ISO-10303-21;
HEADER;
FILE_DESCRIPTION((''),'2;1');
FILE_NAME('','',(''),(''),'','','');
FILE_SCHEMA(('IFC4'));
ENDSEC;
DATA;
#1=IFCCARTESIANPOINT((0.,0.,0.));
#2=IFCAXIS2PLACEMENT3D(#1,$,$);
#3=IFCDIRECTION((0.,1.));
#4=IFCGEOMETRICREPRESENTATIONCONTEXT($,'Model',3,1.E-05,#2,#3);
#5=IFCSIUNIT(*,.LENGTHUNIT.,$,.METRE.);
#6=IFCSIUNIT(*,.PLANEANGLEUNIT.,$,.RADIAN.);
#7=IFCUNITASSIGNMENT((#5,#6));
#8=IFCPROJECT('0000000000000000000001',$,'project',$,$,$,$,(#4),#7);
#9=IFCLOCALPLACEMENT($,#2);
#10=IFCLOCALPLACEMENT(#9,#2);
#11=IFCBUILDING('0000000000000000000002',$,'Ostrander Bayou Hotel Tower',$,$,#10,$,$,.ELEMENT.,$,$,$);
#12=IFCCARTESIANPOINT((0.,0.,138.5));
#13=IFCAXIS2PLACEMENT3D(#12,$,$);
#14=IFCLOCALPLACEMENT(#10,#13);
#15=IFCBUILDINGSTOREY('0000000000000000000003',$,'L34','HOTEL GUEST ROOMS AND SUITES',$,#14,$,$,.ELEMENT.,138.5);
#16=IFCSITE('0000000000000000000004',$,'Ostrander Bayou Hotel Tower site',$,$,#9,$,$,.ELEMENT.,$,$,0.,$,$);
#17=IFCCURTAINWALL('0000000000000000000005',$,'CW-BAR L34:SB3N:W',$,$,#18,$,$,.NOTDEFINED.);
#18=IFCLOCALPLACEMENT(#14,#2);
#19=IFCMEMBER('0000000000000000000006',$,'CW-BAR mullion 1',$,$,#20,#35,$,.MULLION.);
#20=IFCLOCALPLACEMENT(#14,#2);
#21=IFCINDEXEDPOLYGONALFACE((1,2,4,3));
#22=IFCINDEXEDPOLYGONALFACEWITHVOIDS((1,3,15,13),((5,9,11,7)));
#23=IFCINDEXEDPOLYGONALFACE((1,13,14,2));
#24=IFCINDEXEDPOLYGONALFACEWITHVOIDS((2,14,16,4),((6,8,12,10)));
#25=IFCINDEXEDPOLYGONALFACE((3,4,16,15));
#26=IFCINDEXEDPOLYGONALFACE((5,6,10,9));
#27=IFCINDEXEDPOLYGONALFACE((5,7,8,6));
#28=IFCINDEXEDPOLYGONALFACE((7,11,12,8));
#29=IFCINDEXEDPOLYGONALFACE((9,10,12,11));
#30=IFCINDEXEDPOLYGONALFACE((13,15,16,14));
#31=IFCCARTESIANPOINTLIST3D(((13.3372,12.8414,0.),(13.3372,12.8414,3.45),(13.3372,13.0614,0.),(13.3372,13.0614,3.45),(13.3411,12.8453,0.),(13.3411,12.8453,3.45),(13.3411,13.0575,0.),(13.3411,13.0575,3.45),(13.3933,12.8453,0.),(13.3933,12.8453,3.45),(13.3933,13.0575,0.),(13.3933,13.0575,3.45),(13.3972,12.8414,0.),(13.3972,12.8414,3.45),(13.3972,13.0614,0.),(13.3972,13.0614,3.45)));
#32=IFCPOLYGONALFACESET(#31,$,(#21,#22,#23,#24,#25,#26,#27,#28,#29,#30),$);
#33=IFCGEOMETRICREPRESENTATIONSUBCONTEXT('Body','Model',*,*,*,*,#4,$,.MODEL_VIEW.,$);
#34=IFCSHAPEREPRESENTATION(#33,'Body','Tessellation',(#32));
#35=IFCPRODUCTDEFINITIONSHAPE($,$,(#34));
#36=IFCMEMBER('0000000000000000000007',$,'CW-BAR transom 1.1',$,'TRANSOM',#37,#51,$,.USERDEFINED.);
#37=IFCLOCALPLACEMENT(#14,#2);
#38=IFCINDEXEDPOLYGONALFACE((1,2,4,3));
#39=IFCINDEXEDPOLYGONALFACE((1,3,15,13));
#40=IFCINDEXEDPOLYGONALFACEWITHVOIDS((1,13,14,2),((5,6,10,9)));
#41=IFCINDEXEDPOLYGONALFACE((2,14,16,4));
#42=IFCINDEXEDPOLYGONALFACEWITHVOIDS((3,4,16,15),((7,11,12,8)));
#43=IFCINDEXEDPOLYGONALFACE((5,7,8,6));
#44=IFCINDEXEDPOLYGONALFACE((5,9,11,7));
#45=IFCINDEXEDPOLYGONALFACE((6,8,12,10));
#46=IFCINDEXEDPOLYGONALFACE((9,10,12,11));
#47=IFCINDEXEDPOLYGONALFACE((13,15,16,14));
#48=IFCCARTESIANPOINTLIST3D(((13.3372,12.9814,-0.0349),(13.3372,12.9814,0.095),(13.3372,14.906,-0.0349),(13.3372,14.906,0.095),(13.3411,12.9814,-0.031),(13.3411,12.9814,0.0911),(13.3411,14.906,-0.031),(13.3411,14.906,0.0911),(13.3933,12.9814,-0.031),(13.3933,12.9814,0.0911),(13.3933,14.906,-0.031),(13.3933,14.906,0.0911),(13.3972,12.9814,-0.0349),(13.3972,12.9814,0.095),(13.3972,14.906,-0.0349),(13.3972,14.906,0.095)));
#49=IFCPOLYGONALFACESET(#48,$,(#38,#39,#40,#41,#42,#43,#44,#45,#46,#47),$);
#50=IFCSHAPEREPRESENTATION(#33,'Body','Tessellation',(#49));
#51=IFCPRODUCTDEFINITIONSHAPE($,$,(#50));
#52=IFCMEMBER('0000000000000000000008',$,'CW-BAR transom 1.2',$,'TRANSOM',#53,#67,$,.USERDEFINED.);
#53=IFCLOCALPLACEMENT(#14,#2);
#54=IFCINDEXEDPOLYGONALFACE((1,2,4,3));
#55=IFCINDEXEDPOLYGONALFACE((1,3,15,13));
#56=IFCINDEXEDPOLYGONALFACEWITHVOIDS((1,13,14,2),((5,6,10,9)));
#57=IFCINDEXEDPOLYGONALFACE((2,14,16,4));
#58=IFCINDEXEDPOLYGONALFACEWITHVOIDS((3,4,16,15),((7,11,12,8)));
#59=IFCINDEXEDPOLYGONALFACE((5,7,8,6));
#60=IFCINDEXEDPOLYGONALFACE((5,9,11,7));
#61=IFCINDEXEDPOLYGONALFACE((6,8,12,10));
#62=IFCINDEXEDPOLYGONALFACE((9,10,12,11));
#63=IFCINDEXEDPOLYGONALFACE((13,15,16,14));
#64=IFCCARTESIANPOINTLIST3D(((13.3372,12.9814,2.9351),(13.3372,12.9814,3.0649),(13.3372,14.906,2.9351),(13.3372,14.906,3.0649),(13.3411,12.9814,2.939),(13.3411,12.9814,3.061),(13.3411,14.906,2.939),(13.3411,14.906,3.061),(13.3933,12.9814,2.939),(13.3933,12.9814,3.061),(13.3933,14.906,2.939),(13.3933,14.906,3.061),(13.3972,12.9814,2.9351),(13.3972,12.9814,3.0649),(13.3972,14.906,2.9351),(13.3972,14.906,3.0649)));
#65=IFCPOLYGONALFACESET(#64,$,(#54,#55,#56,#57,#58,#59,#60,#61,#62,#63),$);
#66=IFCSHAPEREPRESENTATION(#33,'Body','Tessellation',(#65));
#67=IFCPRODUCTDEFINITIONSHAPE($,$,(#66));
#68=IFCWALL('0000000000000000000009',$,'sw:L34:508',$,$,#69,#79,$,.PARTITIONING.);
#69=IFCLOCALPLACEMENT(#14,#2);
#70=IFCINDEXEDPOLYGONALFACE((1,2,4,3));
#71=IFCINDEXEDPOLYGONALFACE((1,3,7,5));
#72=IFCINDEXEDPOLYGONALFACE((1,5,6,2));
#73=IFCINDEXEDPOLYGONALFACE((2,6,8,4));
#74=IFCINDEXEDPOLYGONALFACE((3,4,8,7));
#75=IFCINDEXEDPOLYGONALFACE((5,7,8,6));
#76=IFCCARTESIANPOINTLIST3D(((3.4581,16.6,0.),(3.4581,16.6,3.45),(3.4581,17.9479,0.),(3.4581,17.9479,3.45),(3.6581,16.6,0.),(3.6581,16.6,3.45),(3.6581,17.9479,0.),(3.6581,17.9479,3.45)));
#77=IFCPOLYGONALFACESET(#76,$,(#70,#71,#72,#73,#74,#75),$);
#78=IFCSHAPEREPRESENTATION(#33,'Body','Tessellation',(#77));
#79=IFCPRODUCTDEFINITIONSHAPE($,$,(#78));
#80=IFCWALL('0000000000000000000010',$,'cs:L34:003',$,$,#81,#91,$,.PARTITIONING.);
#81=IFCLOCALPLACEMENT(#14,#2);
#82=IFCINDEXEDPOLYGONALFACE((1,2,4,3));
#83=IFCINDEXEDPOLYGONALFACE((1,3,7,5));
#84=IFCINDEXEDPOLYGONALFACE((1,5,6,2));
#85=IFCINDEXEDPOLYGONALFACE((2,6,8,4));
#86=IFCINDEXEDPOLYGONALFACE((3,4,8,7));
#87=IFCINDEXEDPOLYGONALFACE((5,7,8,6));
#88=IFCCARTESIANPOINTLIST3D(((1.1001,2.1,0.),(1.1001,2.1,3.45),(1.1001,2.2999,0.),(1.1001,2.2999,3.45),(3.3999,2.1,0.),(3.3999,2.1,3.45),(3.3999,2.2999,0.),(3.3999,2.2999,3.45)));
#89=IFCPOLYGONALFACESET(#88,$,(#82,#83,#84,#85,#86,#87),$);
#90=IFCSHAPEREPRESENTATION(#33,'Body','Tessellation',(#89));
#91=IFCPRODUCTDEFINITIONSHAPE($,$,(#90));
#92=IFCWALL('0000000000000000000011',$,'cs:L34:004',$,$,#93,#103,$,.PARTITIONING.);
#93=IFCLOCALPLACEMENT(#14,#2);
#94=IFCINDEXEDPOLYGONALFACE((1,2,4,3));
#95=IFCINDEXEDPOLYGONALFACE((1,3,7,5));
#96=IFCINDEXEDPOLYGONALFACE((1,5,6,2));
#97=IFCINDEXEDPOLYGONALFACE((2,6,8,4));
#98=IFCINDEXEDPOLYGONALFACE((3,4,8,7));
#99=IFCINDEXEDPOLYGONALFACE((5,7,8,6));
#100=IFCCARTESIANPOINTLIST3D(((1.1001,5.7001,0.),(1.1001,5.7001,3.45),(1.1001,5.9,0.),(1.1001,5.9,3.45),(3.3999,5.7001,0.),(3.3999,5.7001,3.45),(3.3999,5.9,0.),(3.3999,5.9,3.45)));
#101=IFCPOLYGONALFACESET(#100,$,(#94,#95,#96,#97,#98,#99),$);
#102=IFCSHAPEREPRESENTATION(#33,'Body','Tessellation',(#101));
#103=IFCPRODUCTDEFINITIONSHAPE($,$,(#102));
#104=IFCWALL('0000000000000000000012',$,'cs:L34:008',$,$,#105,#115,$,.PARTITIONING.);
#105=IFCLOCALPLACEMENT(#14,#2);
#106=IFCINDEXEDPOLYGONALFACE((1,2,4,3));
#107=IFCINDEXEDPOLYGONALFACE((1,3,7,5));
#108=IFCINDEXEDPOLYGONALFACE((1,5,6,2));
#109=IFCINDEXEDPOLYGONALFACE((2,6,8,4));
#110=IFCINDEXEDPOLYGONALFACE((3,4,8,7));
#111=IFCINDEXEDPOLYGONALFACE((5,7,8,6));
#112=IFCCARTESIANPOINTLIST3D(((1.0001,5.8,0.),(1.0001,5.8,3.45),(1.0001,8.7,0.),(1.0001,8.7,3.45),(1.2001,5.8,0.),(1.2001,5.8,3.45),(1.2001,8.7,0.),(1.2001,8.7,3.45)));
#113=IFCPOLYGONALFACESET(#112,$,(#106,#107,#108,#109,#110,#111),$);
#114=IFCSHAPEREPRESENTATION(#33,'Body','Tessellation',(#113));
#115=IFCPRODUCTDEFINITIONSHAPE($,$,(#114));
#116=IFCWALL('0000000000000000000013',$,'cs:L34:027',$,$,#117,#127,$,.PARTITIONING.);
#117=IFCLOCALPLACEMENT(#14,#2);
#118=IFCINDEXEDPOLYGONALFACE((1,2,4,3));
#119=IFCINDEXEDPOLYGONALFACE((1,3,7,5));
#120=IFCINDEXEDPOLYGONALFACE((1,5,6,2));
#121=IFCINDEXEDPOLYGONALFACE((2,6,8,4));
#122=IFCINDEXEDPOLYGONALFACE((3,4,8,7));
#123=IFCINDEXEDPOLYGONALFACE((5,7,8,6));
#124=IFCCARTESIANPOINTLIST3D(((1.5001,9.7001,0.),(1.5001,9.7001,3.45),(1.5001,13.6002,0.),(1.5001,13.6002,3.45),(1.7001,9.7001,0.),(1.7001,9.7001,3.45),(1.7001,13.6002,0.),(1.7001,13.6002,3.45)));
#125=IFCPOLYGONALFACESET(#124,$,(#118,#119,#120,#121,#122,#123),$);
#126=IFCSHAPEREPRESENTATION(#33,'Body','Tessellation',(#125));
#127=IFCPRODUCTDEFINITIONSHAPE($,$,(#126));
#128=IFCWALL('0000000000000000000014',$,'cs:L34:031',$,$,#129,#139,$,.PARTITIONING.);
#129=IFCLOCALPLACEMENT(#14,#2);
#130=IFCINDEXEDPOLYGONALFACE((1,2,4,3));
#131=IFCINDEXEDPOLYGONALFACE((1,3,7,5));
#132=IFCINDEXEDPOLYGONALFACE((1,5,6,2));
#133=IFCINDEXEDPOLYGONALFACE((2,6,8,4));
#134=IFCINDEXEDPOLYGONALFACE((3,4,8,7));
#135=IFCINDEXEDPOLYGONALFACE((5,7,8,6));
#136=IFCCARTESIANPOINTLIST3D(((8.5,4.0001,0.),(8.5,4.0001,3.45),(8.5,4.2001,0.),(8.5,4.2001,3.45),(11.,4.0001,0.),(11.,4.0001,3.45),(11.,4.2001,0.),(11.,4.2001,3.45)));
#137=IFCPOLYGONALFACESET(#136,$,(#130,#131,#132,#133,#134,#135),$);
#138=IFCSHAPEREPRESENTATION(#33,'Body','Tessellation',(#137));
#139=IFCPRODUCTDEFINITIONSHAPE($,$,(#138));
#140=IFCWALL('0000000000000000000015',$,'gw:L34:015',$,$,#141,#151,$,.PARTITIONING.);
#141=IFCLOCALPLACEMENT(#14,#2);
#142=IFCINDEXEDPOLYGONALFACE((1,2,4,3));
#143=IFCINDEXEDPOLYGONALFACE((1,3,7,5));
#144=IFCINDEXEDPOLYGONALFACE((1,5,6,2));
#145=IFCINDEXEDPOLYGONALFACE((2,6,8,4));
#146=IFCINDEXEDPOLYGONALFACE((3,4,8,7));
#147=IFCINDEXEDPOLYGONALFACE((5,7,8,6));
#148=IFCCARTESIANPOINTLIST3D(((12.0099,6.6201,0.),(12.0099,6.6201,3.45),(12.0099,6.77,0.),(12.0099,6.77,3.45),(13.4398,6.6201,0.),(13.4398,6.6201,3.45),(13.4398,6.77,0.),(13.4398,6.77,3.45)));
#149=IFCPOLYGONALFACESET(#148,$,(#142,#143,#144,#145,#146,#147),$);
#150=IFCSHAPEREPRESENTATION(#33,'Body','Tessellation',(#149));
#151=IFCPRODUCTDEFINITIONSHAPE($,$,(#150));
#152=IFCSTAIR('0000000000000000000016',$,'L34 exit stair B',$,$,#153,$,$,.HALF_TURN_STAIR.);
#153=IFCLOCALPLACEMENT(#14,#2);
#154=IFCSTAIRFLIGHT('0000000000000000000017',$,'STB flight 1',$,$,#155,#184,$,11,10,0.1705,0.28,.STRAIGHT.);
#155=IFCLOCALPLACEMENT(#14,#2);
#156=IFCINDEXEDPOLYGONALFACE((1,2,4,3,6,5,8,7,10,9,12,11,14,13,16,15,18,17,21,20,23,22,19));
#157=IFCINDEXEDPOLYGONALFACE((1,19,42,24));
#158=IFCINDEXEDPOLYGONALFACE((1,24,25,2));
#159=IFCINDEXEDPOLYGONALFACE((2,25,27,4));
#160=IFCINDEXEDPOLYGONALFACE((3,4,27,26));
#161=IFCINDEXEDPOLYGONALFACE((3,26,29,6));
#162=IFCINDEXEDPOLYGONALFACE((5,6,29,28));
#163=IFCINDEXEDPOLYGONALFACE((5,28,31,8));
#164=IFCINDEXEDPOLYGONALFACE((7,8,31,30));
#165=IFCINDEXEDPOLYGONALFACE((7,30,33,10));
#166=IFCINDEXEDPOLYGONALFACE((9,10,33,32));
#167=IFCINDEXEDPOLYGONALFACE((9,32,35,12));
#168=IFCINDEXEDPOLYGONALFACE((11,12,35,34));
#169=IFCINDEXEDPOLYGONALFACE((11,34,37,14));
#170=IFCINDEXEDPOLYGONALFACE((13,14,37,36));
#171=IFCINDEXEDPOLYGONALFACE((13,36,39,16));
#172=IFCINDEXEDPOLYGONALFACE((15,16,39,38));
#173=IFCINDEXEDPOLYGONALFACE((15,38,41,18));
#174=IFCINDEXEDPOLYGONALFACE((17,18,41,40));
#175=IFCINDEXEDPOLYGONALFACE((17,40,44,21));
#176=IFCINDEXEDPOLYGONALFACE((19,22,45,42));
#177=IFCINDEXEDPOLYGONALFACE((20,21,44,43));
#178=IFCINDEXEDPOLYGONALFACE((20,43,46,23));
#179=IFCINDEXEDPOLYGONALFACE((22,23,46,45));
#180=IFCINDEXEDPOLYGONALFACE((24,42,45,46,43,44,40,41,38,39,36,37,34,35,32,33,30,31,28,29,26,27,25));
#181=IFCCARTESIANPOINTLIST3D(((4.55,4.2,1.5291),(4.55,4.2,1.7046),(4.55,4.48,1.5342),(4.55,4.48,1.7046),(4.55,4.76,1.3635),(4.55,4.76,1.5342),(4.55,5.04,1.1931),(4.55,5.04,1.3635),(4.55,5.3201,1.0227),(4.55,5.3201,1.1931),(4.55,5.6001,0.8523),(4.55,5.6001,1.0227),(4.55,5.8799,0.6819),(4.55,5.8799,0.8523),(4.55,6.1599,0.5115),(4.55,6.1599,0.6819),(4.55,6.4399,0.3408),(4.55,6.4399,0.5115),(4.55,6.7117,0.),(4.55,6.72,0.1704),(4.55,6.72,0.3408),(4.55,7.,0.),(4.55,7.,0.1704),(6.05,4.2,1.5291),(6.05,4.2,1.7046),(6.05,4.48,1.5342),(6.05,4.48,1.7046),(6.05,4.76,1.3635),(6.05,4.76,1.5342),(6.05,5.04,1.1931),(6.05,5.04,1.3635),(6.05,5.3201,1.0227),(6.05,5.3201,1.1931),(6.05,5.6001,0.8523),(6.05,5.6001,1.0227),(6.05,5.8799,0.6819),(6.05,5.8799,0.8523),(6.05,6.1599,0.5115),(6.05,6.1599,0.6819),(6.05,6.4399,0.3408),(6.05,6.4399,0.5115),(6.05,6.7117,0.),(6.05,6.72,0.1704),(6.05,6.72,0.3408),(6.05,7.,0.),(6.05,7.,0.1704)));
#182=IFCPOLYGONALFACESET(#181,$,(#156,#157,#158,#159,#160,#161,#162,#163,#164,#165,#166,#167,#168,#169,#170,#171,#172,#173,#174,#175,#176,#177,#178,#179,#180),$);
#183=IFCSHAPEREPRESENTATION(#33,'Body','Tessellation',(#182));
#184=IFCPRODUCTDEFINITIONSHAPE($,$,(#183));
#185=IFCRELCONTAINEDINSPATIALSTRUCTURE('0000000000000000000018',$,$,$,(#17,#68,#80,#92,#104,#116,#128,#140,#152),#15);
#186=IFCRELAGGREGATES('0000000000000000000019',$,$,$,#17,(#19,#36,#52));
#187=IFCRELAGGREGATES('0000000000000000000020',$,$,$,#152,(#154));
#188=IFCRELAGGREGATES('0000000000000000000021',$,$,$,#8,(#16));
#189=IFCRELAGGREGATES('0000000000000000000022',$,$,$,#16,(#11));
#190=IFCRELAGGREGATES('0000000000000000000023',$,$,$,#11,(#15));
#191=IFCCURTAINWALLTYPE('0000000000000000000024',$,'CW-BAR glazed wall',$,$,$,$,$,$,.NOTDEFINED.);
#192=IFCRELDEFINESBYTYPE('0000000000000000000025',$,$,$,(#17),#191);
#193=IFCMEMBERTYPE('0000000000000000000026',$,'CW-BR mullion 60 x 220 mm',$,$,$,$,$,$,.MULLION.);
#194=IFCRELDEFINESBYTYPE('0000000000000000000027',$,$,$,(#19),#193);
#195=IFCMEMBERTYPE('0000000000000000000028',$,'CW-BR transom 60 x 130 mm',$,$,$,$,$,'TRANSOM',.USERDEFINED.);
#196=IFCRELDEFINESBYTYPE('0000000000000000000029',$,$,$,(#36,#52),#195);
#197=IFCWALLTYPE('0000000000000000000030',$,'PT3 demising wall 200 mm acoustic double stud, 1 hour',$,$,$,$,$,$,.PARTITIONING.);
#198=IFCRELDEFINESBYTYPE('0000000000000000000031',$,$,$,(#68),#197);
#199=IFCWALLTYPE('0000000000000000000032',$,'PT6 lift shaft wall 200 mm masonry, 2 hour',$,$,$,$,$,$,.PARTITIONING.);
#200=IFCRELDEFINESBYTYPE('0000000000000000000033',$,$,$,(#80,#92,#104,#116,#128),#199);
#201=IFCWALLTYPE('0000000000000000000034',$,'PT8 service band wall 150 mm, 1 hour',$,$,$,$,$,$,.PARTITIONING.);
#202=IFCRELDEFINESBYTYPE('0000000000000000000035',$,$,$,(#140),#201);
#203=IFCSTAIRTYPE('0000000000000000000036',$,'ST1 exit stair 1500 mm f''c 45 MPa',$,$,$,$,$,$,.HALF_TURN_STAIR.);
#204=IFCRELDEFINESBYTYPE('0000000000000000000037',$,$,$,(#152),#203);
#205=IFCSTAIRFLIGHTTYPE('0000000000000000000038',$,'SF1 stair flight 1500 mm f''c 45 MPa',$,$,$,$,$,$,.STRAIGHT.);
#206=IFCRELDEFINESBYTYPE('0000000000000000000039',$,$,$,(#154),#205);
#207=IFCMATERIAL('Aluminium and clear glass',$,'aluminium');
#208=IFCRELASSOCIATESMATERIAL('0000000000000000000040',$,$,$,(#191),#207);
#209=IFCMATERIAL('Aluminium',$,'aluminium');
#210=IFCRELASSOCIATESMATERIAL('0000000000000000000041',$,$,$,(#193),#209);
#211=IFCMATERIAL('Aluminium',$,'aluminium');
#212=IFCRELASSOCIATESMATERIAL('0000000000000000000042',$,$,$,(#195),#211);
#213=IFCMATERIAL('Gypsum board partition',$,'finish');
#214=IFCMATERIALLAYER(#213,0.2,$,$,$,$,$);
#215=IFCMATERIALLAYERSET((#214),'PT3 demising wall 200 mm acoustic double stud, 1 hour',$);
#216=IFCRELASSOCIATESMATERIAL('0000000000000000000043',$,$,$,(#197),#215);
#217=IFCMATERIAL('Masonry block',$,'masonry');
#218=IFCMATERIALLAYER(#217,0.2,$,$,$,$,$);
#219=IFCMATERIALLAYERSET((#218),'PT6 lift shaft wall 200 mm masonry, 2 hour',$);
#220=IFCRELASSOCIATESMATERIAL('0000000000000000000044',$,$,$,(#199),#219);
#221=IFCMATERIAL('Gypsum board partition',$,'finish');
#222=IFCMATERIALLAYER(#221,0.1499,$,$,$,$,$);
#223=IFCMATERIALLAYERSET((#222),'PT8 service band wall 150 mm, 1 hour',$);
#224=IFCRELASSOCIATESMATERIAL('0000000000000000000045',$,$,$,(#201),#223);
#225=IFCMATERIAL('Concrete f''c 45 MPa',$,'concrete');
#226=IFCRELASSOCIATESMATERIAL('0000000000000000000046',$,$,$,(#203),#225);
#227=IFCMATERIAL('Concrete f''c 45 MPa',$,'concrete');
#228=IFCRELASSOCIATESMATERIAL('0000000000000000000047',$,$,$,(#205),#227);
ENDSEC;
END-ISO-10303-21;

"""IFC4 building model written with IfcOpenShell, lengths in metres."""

from ifc_helpers import new_model, si_unit, direction, frame, frame_2d, origin, origin_2d, place, context, subcontext, project, spatial, polyline, rectangle, hollow_rectangle, outline, extrude, material, layer, layer_set, material_profile, profile_set, type_object, element, aggregate, save


model = new_model("IFC4")

# Units and contexts
model_context = context("Model", 3, precision=1e-05, world=origin(), true_north=direction((0.0, 1.0)))
body_context = subcontext(model_context, "Body", "Model", "MODEL_VIEW")
ifc_project = project(units=[si_unit("LENGTHUNIT", "METRE"), si_unit("PLANEANGLEUNIT", "RADIAN")], contexts=[model_context])

# Site, building, storey
site_placement = place(None, origin())
site = spatial("IfcSite", under=ifc_project, at=site_placement, Name="Ostrander Bayou Hotel Tower site", CompositionType="ELEMENT", RefElevation=0.0)
building_placement = place(site_placement, origin())
building = spatial("IfcBuilding", under=site, at=building_placement, Name="Ostrander Bayou Hotel Tower", CompositionType="ELEMENT")
storey_placement = place(building_placement, frame((0.0, 0.0, 138.5)))
storey = spatial("IfcBuildingStorey", under=building, at=storey_placement, Name="L34", Description="HOTEL GUEST ROOMS AND SUITES", CompositionType="ELEMENT", Elevation=138.5)

# Curtain wall, members
ifc_material_1 = material(Name="Aluminium and clear glass", Category="aluminium")
curtain_wall_type = type_object("IfcCurtainWallType", Name="CW-BAR glazed wall", PredefinedType="NOTDEFINED", material=ifc_material_1)
curtain_wall_placement = place(storey_placement, origin())
curtain_wall = element("IfcCurtainWall", 1, at=curtain_wall_placement, inside=storey, type_object=curtain_wall_type, Name="CW-BAR L34:SB3N:W", PredefinedType="NOTDEFINED")
ifc_material_2 = material(Name="Aluminium", Category="aluminium")
ifc_material_profile_1 = material_profile(ifc_material_2, hollow_rectangle(XDim=0.0601, YDim=0.22, WallThickness=0.0039, at=origin_2d()))
ifc_profile_set_1 = profile_set([ifc_material_profile_1], Name="Aluminium")
member_type_1 = type_object("IfcMemberType", Name="CW-BR mullion 60 x 220 mm", PredefinedType="MULLION", material=ifc_profile_set_1)
member_1_placement = place(storey_placement, frame((13.3672, 12.9514, 0.0), z_axis=(0.0, 0.0, 1.0), x_axis=(-1.0, 0.0, 0.0)))
member_1 = element("IfcMember", 2, at=member_1_placement, type_object=member_type_1, Name="CW-BAR mullion 1", PredefinedType="MULLION", context=body_context, shape_type="SweptSolid", body=[
    extrude(hollow_rectangle(XDim=0.0601, YDim=0.22, WallThickness=0.0039, at=origin_2d()), origin(), (0.0, 0.0, 1.0), 3.45),
])
ifc_material_3 = material(Name="Aluminium", Category="aluminium")
ifc_material_profile_2 = material_profile(ifc_material_3, hollow_rectangle(XDim=0.0601, YDim=0.1299, WallThickness=0.0039, at=origin_2d()))
ifc_profile_set_2 = profile_set([ifc_material_profile_2], Name="Aluminium")
member_type_2 = type_object("IfcMemberType", Name="CW-BR transom 60 x 130 mm", ElementType="TRANSOM", PredefinedType="USERDEFINED", material=ifc_profile_set_2)
member_2_placement = place(storey_placement, frame((13.3672, 12.9814, 0.03), z_axis=(0.0, 1.0, 0.0), x_axis=(-1.0, 0.0, 0.0)))
member_2 = element("IfcMember", 3, at=member_2_placement, type_object=member_type_2, Name="CW-BAR transom 1.1", ObjectType="TRANSOM", PredefinedType="USERDEFINED", context=body_context, shape_type="SweptSolid", body=[
    extrude(hollow_rectangle(XDim=0.0601, YDim=0.1299, WallThickness=0.0039, at=origin_2d()), origin(), (0.0, 0.0, 1.0), 1.9246),
])
member_3_placement = place(storey_placement, frame((13.3672, 12.9814, 3.0), z_axis=(0.0, 1.0, 0.0), x_axis=(-1.0, 0.0, 0.0)))
member_3 = element("IfcMember", 4, at=member_3_placement, type_object=member_type_2, Name="CW-BAR transom 1.2", ObjectType="TRANSOM", PredefinedType="USERDEFINED", context=body_context, shape_type="SweptSolid", body=[
    extrude(hollow_rectangle(XDim=0.0601, YDim=0.1299, WallThickness=0.0039, at=origin_2d()), origin(), (0.0, 0.0, 1.0), 1.9246),
])
aggregate(curtain_wall, [member_1, member_2, member_3])

# Wall
ifc_material_4 = material(Name="Gypsum board partition", Category="finish")
ifc_layer_1 = layer(ifc_material_4, 0.2)
ifc_layer_set_1 = layer_set([ifc_layer_1], Name="PT3 demising wall 200 mm acoustic double stud, 1 hour")
wall_type_1 = type_object("IfcWallType", Name="PT3 demising wall 200 mm acoustic double stud, 1 hour", PredefinedType="PARTITIONING", material=ifc_layer_set_1)
wall_1_placement = place(storey_placement, frame((3.5581, 16.6001, 0.0), z_axis=(0.0, 0.0, 1.0), x_axis=(0.0, 1.0, 0.0)))
element("IfcWall", 5, at=wall_1_placement, inside=storey, type_object=wall_type_1, Name="sw:L34:508", PredefinedType="PARTITIONING", context=body_context, shape_type="SweptSolid", body=[
    extrude(rectangle(XDim=1.3479, YDim=0.2, at=frame_2d((0.6738, 0.0))), origin(), (0.0, 0.0, 1.0), 3.45),
])

# Walls
ifc_material_5 = material(Name="Masonry block", Category="masonry")
ifc_layer_2 = layer(ifc_material_5, 0.2)
ifc_layer_set_2 = layer_set([ifc_layer_2], Name="PT6 lift shaft wall 200 mm masonry, 2 hour")
wall_type_2 = type_object("IfcWallType", Name="PT6 lift shaft wall 200 mm masonry, 2 hour", PredefinedType="PARTITIONING", material=ifc_layer_set_2)
for number, where, z_axis, x_axis, name in (
    (6, (1.1001, 2.2, 0.0), (0.0, 0.0, 1.0), (1.0, 0.0, 0.0), "cs:L34:003"),
    (7, (1.1001, 5.8, 0.0), (0.0, 0.0, 1.0), (1.0, 0.0, 0.0), "cs:L34:004"),
):
    element("IfcWall", number, at=place(storey_placement, frame(where, z_axis=z_axis, x_axis=x_axis)), inside=storey, type_object=wall_type_2, Name=name, PredefinedType="PARTITIONING", context=body_context, shape_type="SweptSolid", body=[
        extrude(rectangle(XDim=2.2998, YDim=0.2, at=frame_2d((1.1499, 0.0))), origin(), (0.0, 0.0, 1.0), 3.45),
    ])
wall_2_placement = place(storey_placement, frame((1.1001, 5.8, 0.0), z_axis=(0.0, 0.0, 1.0), x_axis=(0.0, 1.0, 0.0)))
element("IfcWall", 8, at=wall_2_placement, inside=storey, type_object=wall_type_2, Name="cs:L34:008", PredefinedType="PARTITIONING", context=body_context, shape_type="SweptSolid", body=[
    extrude(rectangle(XDim=2.8999, YDim=0.2, at=frame_2d((1.45, 0.0))), origin(), (0.0, 0.0, 1.0), 3.45),
])
wall_3_placement = place(storey_placement, frame((1.6001, 9.7, 0.0), z_axis=(0.0, 0.0, 1.0), x_axis=(0.0, 1.0, 0.0)))
element("IfcWall", 9, at=wall_3_placement, inside=storey, type_object=wall_type_2, Name="cs:L34:027", PredefinedType="PARTITIONING", context=body_context, shape_type="SweptSolid", body=[
    extrude(rectangle(XDim=3.9001, YDim=0.2, at=frame_2d((1.9502, 0.0))), origin(), (0.0, 0.0, 1.0), 3.45),
])
wall_4_placement = place(storey_placement, frame((8.5, 4.1001, 0.0), z_axis=(0.0, 0.0, 1.0), x_axis=(1.0, 0.0, 0.0)))
element("IfcWall", 10, at=wall_4_placement, inside=storey, type_object=wall_type_2, Name="cs:L34:031", PredefinedType="PARTITIONING", context=body_context, shape_type="SweptSolid", body=[
    extrude(rectangle(XDim=2.5, YDim=0.2, at=frame_2d((1.25, 0.0))), origin(), (0.0, 0.0, 1.0), 3.45),
])
ifc_material_6 = material(Name="Gypsum board partition", Category="finish")
ifc_layer_3 = layer(ifc_material_6, 0.1499)
ifc_layer_set_3 = layer_set([ifc_layer_3], Name="PT8 service band wall 150 mm, 1 hour")
wall_type_3 = type_object("IfcWallType", Name="PT8 service band wall 150 mm, 1 hour", PredefinedType="PARTITIONING", material=ifc_layer_set_3)
wall_5_placement = place(storey_placement, frame((12.01, 6.6951, 0.0), z_axis=(0.0, 0.0, 1.0), x_axis=(1.0, 0.0, 0.0)))
element("IfcWall", 11, at=wall_5_placement, inside=storey, type_object=wall_type_3, Name="gw:L34:015", PredefinedType="PARTITIONING", context=body_context, shape_type="SweptSolid", body=[
    extrude(rectangle(XDim=1.4299, YDim=0.1499, at=frame_2d((0.7148, 0.0))), origin(), (0.0, 0.0, 1.0), 3.45),
])

# Stair, stair flight
ifc_material_7 = material(Name="Concrete f'c 45 MPa", Category="concrete")
stair_type = type_object("IfcStairType", Name="ST1 exit stair 1500 mm f'c 45 MPa", PredefinedType="HALF_TURN_STAIR", material=ifc_material_7)
stair_placement = place(storey_placement, origin())
stair = element("IfcStair", 12, at=stair_placement, inside=storey, type_object=stair_type, Name="L34 exit stair B", PredefinedType="HALF_TURN_STAIR")
ifc_material_8 = material(Name="Concrete f'c 45 MPa", Category="concrete")
stair_flight_type = type_object("IfcStairFlightType", Name="SF1 stair flight 1500 mm f'c 45 MPa", PredefinedType="STRAIGHT", material=ifc_material_8)
stair_flight_1_placement = place(storey_placement, frame((5.3, 7.0, 0.0), z_axis=(0.0, 0.0, 1.0), x_axis=(0.0, -1.0, 0.0)))
stair_flight_1 = element("IfcStairFlight", 13, at=stair_flight_1_placement, type_object=stair_flight_type, Name="STB flight 1", NumberOfRisers=11, NumberOfTreads=10, PredefinedType="STRAIGHT", RiserHeight=0.1705, TreadLength=0.28, context=body_context, shape_type="SweptSolid", body=[
    extrude(outline(polyline([(0.0, 0.0), (0.0, 0.1704), (0.28, 0.1704), (0.28, 0.3408), (0.5601, 0.3408), (0.5601, 0.5115), (0.8401, 0.5115), (0.8401, 0.6819), (1.1201, 0.6819), (1.1201, 0.8523), (1.3999, 0.8523), (1.3999, 1.0227), (1.6799, 1.0227), (1.6799, 1.1931), (1.96, 1.1931), (1.96, 1.3635), (2.24, 1.3635), (2.24, 1.5342), (2.52, 1.5342), (2.52, 1.7046), (2.8, 1.7046), (2.8, 1.875), (2.8, 1.5291), (0.2883, 0.0), (0.0, 0.0)])), frame((0.0, 0.75, 0.0), z_axis=(0.0, -1.0, 0.0), x_axis=(1.0, 0.0, 0.0)), (0.0, 0.0, 1.0), 1.5),
])
aggregate(stair, [stair_flight_1])

save(model, "model.ifc")
